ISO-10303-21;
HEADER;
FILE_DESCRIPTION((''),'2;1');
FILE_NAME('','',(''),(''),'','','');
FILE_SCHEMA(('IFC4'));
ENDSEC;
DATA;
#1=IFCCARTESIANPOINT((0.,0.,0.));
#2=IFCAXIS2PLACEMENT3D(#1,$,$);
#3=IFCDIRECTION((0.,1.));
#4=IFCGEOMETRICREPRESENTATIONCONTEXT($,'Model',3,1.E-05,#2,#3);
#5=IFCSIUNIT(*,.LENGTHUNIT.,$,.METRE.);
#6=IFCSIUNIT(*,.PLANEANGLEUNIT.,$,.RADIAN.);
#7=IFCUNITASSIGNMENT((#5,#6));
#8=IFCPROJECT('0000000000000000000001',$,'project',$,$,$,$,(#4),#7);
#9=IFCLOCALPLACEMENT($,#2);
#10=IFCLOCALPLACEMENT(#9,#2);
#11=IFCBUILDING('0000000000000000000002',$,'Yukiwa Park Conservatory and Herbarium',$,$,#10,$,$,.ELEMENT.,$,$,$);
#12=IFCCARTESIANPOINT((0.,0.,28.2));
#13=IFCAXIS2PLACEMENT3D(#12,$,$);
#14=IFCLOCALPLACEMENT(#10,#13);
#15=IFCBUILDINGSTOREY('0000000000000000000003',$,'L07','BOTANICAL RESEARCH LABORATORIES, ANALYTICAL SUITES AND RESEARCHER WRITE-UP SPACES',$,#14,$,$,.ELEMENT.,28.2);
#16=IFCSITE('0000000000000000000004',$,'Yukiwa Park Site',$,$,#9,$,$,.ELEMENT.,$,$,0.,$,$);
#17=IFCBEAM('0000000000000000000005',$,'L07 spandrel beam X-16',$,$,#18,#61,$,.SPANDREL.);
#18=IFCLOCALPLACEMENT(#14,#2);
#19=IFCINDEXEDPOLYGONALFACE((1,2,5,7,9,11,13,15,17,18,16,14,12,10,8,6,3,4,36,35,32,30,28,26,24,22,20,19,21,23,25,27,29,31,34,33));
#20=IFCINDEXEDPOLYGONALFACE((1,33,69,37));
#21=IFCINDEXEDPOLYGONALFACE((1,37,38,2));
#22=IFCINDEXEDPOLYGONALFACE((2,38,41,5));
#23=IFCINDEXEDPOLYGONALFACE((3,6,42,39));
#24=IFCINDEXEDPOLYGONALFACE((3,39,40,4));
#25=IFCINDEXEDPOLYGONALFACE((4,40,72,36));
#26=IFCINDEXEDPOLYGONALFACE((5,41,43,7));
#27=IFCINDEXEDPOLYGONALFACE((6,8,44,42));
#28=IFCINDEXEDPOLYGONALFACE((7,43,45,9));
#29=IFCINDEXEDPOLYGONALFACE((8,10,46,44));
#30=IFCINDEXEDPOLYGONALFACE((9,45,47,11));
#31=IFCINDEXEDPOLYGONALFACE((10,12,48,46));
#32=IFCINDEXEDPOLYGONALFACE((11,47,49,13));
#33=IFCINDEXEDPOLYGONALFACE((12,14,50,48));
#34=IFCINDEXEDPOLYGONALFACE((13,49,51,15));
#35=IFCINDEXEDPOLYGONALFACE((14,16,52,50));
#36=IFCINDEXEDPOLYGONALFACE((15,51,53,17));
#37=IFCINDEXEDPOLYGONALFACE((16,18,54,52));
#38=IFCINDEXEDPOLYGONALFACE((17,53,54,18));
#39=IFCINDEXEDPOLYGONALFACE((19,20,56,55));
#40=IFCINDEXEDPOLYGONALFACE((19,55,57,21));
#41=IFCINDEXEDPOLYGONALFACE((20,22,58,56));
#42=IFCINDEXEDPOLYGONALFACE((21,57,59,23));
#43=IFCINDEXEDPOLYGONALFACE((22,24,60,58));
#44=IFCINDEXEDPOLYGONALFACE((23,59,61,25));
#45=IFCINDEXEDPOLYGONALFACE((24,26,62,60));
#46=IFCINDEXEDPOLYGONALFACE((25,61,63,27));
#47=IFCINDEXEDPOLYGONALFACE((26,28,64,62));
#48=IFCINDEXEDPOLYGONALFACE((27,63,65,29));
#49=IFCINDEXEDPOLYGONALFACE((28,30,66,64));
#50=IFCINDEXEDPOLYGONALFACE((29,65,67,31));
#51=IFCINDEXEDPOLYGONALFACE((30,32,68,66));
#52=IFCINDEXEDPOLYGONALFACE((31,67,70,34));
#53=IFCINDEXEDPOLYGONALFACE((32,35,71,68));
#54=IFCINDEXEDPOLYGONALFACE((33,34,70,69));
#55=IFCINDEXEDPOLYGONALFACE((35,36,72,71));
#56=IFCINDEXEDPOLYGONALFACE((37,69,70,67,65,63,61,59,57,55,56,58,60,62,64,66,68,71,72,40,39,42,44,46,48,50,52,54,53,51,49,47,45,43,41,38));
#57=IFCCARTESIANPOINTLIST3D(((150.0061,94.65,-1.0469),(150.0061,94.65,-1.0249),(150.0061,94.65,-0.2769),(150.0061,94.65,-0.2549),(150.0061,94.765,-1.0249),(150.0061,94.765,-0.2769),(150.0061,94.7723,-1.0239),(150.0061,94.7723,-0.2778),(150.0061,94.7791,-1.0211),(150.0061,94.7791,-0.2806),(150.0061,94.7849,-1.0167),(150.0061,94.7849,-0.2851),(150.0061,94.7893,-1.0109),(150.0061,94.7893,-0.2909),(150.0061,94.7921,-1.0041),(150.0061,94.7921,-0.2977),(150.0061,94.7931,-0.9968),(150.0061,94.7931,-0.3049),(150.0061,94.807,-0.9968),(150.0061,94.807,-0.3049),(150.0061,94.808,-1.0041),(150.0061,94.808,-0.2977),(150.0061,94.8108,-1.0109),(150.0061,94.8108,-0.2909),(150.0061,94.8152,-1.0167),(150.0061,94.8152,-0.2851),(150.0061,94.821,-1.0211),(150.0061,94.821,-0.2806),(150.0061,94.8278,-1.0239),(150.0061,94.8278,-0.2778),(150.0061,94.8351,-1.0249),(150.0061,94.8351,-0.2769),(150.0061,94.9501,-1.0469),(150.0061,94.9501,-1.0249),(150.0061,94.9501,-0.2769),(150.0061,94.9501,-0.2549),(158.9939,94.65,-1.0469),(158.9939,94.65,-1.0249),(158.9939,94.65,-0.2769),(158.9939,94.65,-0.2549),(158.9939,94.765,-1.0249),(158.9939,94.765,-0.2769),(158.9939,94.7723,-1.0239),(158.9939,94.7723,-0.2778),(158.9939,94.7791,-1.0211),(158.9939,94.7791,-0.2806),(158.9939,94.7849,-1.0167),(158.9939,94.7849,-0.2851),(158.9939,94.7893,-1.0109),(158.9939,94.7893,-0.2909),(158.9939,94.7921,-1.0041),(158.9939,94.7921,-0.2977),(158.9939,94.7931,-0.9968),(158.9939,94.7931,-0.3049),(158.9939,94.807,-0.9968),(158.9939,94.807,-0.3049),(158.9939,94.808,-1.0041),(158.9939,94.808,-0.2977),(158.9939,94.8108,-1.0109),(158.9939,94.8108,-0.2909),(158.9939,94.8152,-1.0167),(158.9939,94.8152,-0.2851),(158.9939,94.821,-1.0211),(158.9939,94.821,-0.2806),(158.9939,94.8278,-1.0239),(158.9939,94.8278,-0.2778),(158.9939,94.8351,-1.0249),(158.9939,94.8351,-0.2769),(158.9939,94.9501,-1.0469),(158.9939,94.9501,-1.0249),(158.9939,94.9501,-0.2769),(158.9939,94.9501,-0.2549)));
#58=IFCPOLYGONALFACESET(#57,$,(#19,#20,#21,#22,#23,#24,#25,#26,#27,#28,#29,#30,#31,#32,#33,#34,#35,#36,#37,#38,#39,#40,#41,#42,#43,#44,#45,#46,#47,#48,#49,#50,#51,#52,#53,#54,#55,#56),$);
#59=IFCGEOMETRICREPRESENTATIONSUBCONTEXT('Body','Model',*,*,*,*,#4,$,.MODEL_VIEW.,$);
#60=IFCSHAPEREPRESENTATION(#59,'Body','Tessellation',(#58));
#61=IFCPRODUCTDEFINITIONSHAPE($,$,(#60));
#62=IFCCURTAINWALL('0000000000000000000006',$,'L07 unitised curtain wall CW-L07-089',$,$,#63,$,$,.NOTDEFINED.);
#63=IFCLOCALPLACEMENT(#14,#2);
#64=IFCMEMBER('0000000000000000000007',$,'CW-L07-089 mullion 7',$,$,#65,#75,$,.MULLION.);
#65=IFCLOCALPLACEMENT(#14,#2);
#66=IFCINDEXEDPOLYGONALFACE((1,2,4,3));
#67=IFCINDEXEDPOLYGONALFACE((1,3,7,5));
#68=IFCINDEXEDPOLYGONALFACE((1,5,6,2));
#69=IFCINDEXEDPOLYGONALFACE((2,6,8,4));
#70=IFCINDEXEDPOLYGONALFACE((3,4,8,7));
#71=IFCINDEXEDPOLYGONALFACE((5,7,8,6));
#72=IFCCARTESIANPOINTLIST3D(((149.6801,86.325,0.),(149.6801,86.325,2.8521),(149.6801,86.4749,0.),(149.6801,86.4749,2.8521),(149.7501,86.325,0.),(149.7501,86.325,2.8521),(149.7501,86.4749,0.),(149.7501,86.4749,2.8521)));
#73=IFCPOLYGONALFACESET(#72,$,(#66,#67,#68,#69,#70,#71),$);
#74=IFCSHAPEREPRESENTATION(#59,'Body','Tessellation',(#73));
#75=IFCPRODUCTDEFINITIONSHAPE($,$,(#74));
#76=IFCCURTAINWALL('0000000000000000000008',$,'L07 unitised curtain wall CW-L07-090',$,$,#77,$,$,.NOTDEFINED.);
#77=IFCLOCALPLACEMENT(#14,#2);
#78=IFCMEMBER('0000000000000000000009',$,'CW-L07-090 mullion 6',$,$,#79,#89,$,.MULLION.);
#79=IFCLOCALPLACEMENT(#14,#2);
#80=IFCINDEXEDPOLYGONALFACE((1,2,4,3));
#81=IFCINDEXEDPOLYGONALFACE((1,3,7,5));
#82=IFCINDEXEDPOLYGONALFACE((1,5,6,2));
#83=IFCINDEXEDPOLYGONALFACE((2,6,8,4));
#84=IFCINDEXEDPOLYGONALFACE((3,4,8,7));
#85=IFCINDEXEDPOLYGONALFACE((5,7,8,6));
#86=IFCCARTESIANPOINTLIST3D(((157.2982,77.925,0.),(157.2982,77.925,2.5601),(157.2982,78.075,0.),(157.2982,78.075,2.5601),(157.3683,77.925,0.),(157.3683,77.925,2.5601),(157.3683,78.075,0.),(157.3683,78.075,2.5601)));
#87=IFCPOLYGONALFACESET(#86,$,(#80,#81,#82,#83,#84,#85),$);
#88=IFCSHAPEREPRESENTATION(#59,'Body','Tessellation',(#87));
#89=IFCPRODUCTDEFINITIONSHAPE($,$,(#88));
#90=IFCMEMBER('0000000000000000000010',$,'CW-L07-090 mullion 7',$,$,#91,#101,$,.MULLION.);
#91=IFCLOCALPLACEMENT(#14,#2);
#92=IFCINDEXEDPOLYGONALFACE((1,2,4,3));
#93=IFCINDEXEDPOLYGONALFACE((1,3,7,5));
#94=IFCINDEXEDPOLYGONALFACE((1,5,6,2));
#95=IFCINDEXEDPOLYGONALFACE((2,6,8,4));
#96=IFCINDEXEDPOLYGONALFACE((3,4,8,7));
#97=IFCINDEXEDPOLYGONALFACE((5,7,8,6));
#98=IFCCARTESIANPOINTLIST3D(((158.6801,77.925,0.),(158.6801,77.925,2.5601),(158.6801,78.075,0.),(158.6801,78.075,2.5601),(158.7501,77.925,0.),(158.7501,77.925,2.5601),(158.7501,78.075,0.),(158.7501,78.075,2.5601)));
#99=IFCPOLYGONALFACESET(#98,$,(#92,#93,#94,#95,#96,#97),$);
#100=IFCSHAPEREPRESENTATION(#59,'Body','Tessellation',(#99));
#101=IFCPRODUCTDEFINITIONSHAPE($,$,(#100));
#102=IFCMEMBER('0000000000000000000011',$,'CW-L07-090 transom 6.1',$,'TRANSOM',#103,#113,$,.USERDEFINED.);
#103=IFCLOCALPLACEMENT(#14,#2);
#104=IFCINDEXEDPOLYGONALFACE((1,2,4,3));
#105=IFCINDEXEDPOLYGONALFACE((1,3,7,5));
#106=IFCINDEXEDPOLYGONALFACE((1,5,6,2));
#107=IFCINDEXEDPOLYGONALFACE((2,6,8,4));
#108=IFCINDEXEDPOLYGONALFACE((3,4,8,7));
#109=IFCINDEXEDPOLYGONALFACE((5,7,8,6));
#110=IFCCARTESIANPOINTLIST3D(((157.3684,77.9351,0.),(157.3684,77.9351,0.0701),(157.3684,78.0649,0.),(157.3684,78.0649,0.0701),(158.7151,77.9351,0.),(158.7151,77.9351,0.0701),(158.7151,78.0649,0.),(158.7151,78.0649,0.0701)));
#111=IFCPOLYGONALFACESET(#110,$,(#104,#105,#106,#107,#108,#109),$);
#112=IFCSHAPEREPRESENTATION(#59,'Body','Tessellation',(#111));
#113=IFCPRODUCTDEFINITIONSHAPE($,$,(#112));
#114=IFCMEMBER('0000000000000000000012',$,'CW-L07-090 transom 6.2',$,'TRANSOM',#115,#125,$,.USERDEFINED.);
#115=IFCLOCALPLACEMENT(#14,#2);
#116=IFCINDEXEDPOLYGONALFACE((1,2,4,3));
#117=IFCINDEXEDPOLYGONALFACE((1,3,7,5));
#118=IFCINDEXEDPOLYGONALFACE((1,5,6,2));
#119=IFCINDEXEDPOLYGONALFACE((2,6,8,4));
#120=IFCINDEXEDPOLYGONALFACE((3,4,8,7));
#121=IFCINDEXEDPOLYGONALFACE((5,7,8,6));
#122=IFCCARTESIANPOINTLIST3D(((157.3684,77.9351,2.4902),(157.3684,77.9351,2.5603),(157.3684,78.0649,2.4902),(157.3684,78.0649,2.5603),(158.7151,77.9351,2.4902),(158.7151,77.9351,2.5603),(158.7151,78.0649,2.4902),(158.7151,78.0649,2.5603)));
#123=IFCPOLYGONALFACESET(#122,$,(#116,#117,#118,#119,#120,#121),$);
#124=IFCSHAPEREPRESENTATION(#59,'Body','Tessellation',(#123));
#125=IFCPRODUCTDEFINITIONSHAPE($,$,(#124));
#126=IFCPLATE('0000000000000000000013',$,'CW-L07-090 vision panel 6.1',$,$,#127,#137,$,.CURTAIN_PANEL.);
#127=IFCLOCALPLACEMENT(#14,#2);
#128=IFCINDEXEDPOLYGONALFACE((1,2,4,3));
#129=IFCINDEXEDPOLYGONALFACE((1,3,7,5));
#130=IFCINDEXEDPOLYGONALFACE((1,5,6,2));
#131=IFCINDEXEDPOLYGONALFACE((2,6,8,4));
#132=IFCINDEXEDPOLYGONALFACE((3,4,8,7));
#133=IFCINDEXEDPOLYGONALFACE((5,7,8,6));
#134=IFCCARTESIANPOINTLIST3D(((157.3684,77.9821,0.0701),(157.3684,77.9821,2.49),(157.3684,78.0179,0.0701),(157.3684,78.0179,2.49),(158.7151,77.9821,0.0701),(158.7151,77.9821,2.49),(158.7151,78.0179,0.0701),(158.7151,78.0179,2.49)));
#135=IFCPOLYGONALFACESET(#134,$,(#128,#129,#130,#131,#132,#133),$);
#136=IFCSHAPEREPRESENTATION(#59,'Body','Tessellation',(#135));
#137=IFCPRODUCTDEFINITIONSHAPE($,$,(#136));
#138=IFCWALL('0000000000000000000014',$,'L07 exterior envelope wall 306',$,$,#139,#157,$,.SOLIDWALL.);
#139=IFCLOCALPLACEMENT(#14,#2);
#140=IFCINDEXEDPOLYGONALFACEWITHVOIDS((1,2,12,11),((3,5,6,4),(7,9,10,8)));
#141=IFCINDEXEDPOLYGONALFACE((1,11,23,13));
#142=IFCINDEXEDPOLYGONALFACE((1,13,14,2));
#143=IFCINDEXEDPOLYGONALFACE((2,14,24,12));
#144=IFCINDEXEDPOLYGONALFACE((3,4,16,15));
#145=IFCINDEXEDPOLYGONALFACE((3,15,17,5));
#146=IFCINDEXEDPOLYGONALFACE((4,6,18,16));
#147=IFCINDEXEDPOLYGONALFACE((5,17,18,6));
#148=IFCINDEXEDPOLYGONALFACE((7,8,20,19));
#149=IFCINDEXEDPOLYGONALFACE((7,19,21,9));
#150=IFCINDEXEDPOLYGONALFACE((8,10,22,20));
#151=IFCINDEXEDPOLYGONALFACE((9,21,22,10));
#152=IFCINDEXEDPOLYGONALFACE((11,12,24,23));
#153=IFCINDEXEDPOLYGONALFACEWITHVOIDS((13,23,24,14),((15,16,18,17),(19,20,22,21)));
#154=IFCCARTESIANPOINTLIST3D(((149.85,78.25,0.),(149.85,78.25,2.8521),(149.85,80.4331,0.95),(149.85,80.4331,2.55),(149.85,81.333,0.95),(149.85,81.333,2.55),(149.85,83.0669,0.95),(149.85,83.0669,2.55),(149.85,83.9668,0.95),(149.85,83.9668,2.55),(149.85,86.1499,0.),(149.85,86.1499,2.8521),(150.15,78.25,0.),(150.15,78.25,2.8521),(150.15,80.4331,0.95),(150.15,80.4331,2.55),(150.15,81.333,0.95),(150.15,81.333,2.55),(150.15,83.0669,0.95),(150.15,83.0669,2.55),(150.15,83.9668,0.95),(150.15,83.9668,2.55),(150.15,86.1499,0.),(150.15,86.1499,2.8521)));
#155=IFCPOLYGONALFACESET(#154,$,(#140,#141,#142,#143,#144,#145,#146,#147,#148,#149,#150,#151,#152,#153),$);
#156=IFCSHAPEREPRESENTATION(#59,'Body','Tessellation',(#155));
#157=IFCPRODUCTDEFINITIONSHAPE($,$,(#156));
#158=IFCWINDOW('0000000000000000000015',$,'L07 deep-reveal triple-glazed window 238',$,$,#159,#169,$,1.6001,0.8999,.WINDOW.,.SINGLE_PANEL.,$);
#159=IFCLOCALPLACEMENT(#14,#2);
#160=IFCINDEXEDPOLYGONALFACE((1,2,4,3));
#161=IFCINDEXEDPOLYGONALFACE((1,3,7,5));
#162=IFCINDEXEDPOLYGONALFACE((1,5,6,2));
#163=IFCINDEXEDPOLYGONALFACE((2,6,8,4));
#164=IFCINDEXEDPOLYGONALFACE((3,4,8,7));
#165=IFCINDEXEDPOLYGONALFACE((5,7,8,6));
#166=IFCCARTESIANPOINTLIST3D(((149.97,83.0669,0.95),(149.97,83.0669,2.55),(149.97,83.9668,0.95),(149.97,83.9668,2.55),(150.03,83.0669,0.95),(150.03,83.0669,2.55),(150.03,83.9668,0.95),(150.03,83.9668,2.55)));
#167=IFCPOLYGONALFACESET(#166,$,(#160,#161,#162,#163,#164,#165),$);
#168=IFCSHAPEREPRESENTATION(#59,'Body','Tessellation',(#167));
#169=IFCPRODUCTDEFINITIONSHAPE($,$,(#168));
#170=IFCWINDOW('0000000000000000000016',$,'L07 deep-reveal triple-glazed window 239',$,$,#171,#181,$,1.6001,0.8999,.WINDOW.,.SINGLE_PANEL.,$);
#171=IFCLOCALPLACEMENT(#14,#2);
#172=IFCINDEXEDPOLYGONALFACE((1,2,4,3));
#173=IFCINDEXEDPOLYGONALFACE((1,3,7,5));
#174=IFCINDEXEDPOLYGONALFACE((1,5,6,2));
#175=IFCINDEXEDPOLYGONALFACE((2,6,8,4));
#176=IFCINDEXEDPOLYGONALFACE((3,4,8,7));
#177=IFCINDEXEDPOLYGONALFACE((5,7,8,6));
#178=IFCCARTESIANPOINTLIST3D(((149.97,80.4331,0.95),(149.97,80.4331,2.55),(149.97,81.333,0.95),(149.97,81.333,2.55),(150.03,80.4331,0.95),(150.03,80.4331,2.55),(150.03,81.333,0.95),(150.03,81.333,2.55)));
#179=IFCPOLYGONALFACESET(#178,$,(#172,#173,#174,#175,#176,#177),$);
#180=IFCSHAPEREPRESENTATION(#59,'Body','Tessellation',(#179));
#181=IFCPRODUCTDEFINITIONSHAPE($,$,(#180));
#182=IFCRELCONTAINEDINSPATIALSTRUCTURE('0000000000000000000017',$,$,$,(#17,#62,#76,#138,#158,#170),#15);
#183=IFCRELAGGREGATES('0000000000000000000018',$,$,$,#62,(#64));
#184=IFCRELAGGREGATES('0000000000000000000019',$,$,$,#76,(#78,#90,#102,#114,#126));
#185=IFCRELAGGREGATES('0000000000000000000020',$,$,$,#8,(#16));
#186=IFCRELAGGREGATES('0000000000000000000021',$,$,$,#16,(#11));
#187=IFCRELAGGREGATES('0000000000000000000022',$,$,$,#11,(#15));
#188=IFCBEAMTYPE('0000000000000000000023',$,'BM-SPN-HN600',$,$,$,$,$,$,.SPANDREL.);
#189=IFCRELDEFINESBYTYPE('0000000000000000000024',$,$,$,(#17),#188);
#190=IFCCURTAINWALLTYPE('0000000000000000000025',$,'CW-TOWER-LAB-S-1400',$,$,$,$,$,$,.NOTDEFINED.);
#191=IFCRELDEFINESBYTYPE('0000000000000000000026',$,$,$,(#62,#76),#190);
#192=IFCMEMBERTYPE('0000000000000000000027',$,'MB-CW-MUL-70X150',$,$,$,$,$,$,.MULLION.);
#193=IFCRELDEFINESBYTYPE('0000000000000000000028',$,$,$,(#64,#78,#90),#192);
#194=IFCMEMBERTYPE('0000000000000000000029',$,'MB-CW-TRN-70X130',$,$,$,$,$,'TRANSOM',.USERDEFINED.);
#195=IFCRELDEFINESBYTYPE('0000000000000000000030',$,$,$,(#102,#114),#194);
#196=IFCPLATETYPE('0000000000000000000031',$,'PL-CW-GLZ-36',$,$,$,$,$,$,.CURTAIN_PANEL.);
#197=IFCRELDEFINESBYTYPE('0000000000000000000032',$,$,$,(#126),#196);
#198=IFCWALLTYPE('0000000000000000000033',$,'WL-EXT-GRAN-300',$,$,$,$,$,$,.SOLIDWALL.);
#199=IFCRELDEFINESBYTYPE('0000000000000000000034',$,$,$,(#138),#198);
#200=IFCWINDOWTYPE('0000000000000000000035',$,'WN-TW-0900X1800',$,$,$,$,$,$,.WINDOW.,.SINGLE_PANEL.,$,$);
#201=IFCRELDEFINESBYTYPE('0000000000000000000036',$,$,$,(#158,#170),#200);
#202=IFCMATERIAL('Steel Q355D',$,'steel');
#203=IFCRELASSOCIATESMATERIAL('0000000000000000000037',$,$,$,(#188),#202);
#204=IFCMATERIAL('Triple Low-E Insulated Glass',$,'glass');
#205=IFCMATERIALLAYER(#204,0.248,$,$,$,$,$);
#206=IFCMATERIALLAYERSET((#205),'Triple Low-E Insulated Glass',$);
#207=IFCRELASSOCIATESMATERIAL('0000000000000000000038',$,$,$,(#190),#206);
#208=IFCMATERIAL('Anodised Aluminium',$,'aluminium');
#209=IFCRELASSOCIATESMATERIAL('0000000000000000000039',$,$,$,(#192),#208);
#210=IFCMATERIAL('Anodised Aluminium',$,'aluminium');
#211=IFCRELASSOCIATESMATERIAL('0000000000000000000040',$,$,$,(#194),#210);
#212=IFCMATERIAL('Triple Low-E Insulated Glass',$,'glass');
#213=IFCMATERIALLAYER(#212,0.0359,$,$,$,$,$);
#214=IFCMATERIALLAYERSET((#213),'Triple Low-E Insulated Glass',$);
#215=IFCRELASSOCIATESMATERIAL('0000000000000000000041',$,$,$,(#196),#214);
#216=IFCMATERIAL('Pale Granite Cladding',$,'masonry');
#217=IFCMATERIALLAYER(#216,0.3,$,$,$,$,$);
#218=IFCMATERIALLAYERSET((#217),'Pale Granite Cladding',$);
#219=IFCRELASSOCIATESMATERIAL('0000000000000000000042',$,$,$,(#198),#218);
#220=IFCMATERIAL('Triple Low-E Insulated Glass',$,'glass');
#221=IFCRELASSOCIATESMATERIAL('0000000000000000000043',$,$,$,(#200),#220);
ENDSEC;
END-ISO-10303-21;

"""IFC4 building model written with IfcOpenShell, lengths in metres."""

from ifc_helpers import new_model, si_unit, direction, frame, frame_2d, origin, origin_2d, place, context, subcontext, project, spatial, rectangle, i_section, extrude, material, layer, layer_set, material_profile, profile_set, type_object, element, fill, aggregate, save


model = new_model("IFC4")

# Units and contexts
model_context = context("Model", 3, precision=1e-05, world=origin(), true_north=direction((0.0, 1.0)))
body_context = subcontext(model_context, "Body", "Model", "MODEL_VIEW")
ifc_project = project(units=[si_unit("LENGTHUNIT", "METRE"), si_unit("PLANEANGLEUNIT", "RADIAN")], contexts=[model_context])

# Site, building, storey
site_placement = place(None, origin())
site = spatial("IfcSite", under=ifc_project, at=site_placement, Name="Yukiwa Park Site", CompositionType="ELEMENT", RefElevation=0.0)
building_placement = place(site_placement, origin())
building = spatial("IfcBuilding", under=site, at=building_placement, Name="Yukiwa Park Conservatory and Herbarium", CompositionType="ELEMENT")
storey_placement = place(building_placement, frame((0.0, 0.0, 28.2)))
storey = spatial("IfcBuildingStorey", under=building, at=storey_placement, Name="L07", Description="BOTANICAL RESEARCH LABORATORIES, ANALYTICAL SUITES AND RESEARCHER WRITE-UP SPACES", CompositionType="ELEMENT", Elevation=28.2)

# Beam
ifc_material_1 = material(Name="Steel Q355D", Category="steel")
ifc_material_profile_1 = material_profile(ifc_material_1, i_section(OverallWidth=0.3, OverallDepth=0.792, WebThickness=0.0139, FlangeThickness=0.022, FilletRadius=0.0281, at=origin_2d()), Name="HN 792x300x14x22")
ifc_profile_set_1 = profile_set([ifc_material_profile_1], Name="Steel Q355D")
beam_type_1 = type_object("IfcBeamType", Name="BM-SPN-HN600", PredefinedType="SPANDREL", material=ifc_profile_set_1)
beam_1_placement = place(storey_placement, frame((150.0061, 94.8, -0.6509), z_axis=(1.0, 0.0, 0.0), x_axis=(0.0, 1.0, 0.0)))
element("IfcBeam", 1, at=beam_1_placement, inside=storey, type_object=beam_type_1, Name="L07 spandrel beam X-16", PredefinedType="SPANDREL", context=body_context, shape_type="SweptSolid", body=[
    extrude(i_section(OverallWidth=0.3, OverallDepth=0.792, WebThickness=0.0139, FlangeThickness=0.022, FilletRadius=0.0281, at=origin_2d()), origin(), (0.0, 0.0, 1.0), 8.9878),
])

# Curtain wall, member
ifc_material_2 = material(Name="Triple Low-E Insulated Glass", Category="glass")
ifc_layer_1 = layer(ifc_material_2, 0.248)
ifc_layer_set_1 = layer_set([ifc_layer_1], Name="Triple Low-E Insulated Glass")
curtain_wall_type = type_object("IfcCurtainWallType", Name="CW-TOWER-LAB-S-1400", PredefinedType="NOTDEFINED", material=ifc_layer_set_1)
curtain_wall_1_placement = place(storey_placement, origin())
curtain_wall_1 = element("IfcCurtainWall", 2, at=curtain_wall_1_placement, inside=storey, type_object=curtain_wall_type, Name="L07 unitised curtain wall CW-L07-089", PredefinedType="NOTDEFINED")
ifc_material_3 = material(Name="Anodised Aluminium", Category="aluminium")
member_type_1 = type_object("IfcMemberType", Name="MB-CW-MUL-70X150", PredefinedType="MULLION", material=ifc_material_3)
member_1_placement = place(storey_placement, frame((149.7151, 86.3999, 0.0), z_axis=(0.0, 0.0, 1.0), x_axis=(1.0, 0.0, 0.0)))
member_1 = element("IfcMember", 3, at=member_1_placement, type_object=member_type_1, Name="CW-L07-089 mullion 7", PredefinedType="MULLION", context=body_context, shape_type="SweptSolid", body=[
    extrude(rectangle(XDim=0.0701, YDim=0.1499, at=origin_2d()), origin(), (0.0, 0.0, 1.0), 2.8521),
])
aggregate(curtain_wall_1, [member_1])

# Curtain wall, members, plate
curtain_wall_2_placement = place(storey_placement, origin())
curtain_wall_2 = element("IfcCurtainWall", 4, at=curtain_wall_2_placement, inside=storey, type_object=curtain_wall_type, Name="L07 unitised curtain wall CW-L07-090", PredefinedType="NOTDEFINED")
member_2_placement = place(storey_placement, frame((157.3333, 78.0, 0.0), z_axis=(0.0, 0.0, 1.0), x_axis=(1.0, 0.0, 0.0)))
member_2 = element("IfcMember", 5, at=member_2_placement, type_object=member_type_1, Name="CW-L07-090 mullion 6", PredefinedType="MULLION", context=body_context, shape_type="SweptSolid", body=[
    extrude(rectangle(XDim=0.0701, YDim=0.1499, at=origin_2d()), origin(), (0.0, 0.0, 1.0), 2.5601),
])
member_3_placement = place(storey_placement, frame((158.7151, 78.0, 0.0), z_axis=(0.0, 0.0, 1.0), x_axis=(1.0, 0.0, 0.0)))
member_3 = element("IfcMember", 6, at=member_3_placement, type_object=member_type_1, Name="CW-L07-090 mullion 7", PredefinedType="MULLION", context=body_context, shape_type="SweptSolid", body=[
    extrude(rectangle(XDim=0.0701, YDim=0.1499, at=origin_2d()), origin(), (0.0, 0.0, 1.0), 2.5601),
])
ifc_material_4 = material(Name="Anodised Aluminium", Category="aluminium")
member_type_2 = type_object("IfcMemberType", Name="MB-CW-TRN-70X130", ElementType="TRANSOM", PredefinedType="USERDEFINED", material=ifc_material_4)
member_4_placement = place(storey_placement, frame((158.0417, 78.0, 0.0), z_axis=(0.0, 0.0, 1.0), x_axis=(1.0, 0.0, 0.0)))
member_4 = element("IfcMember", 7, at=member_4_placement, type_object=member_type_2, Name="CW-L07-090 transom 6.1", ObjectType="TRANSOM", PredefinedType="USERDEFINED", context=body_context, shape_type="SweptSolid", body=[
    extrude(rectangle(XDim=1.3467, YDim=0.1299, at=origin_2d()), origin(), (0.0, 0.0, 1.0), 0.0701),
])
member_5_placement = place(storey_placement, frame((158.0417, 78.0, 2.4902), z_axis=(0.0, 0.0, 1.0), x_axis=(1.0, 0.0, 0.0)))
member_5 = element("IfcMember", 8, at=member_5_placement, type_object=member_type_2, Name="CW-L07-090 transom 6.2", ObjectType="TRANSOM", PredefinedType="USERDEFINED", context=body_context, shape_type="SweptSolid", body=[
    extrude(rectangle(XDim=1.3467, YDim=0.1299, at=origin_2d()), origin(), (0.0, 0.0, 1.0), 0.0701),
])
ifc_material_5 = material(Name="Triple Low-E Insulated Glass", Category="glass")
ifc_layer_2 = layer(ifc_material_5, 0.0359)
ifc_layer_set_2 = layer_set([ifc_layer_2], Name="Triple Low-E Insulated Glass")
plate_type = type_object("IfcPlateType", Name="PL-CW-GLZ-36", PredefinedType="CURTAIN_PANEL", material=ifc_layer_set_2)
plate_placement = place(storey_placement, frame((158.0417, 78.0, 0.0701), z_axis=(0.0, 0.0, 1.0), x_axis=(1.0, 0.0, 0.0)))
plate = element("IfcPlate", 9, at=plate_placement, type_object=plate_type, Name="CW-L07-090 vision panel 6.1", PredefinedType="CURTAIN_PANEL", context=body_context, shape_type="SweptSolid", body=[
    extrude(rectangle(XDim=1.3467, YDim=0.0359, at=origin_2d()), origin(), (0.0, 0.0, 1.0), 2.4199),
])
aggregate(curtain_wall_2, [member_2, member_3, member_4, member_5, plate])

# Wall, openings, windows
ifc_material_6 = material(Name="Pale Granite Cladding", Category="masonry")
ifc_layer_3 = layer(ifc_material_6, 0.3)
ifc_layer_set_3 = layer_set([ifc_layer_3], Name="Pale Granite Cladding")
wall_type_1 = type_object("IfcWallType", Name="WL-EXT-GRAN-300", PredefinedType="SOLIDWALL", material=ifc_layer_set_3)
wall_1_placement = place(storey_placement, frame((150.0, 86.1499, 0.0), z_axis=(0.0, 0.0, 1.0), x_axis=(0.0, -1.0, 0.0)))
wall_1 = element("IfcWall", 10, at=wall_1_placement, inside=storey, type_object=wall_type_1, Name="L07 exterior envelope wall 306", PredefinedType="SOLIDWALL", context=body_context, shape_type="SweptSolid", body=[
    extrude(rectangle(XDim=7.8999, YDim=0.3, at=frame_2d((3.95, 0.0))), origin(), (0.0, 0.0, 1.0), 2.8521),
])
opening_1_placement = place(wall_1_placement, frame((2.1831, 0.0, 0.95)))
opening_1 = element("IfcOpeningElement", 11, at=opening_1_placement, cuts=wall_1, PredefinedType="OPENING", context=body_context, shape_type="SweptSolid", body=[
    extrude(rectangle(XDim=0.8999, YDim=1.6001, at=frame_2d((0.45, 0.8))), frame((0.0, 0.1602, 0.0), z_axis=(0.0, -1.0, 0.0), x_axis=(1.0, 0.0, 0.0)), (0.0, 0.0, 1.0), 0.3201),
])
opening_2_placement = place(wall_1_placement, frame((4.8169, 0.0, 0.95)))
opening_2 = element("IfcOpeningElement", 12, at=opening_2_placement, cuts=wall_1, PredefinedType="OPENING", context=body_context, shape_type="SweptSolid", body=[
    extrude(rectangle(XDim=0.8999, YDim=1.6001, at=frame_2d((0.45, 0.8))), frame((0.0, 0.1602, 0.0), z_axis=(0.0, -1.0, 0.0), x_axis=(1.0, 0.0, 0.0)), (0.0, 0.0, 1.0), 0.3201),
])
ifc_material_7 = material(Name="Triple Low-E Insulated Glass", Category="glass")
window_type = type_object("IfcWindowType", Name="WN-TW-0900X1800", PartitioningType="SINGLE_PANEL", PredefinedType="WINDOW", material=ifc_material_7)
window_1_placement = place(opening_1_placement, origin())
window_1 = element("IfcWindow", 13, at=window_1_placement, inside=storey, type_object=window_type, Name="L07 deep-reveal triple-glazed window 238", OverallHeight=1.6001, OverallWidth=0.8999, PartitioningType="SINGLE_PANEL", PredefinedType="WINDOW", context=body_context, shape_type="SweptSolid", body=[
    extrude(rectangle(XDim=0.8999, YDim=1.6001, at=frame_2d((0.45, 0.8))), frame((0.0, 0.03, 0.0), z_axis=(0.0, -1.0, 0.0), x_axis=(1.0, 0.0, 0.0)), (0.0, 0.0, 1.0), 0.0601),
])
fill(opening_1, window_1)
window_2_placement = place(opening_2_placement, origin())
window_2 = element("IfcWindow", 14, at=window_2_placement, inside=storey, type_object=window_type, Name="L07 deep-reveal triple-glazed window 239", OverallHeight=1.6001, OverallWidth=0.8999, PartitioningType="SINGLE_PANEL", PredefinedType="WINDOW", context=body_context, shape_type="SweptSolid", body=[
    extrude(rectangle(XDim=0.8999, YDim=1.6001, at=frame_2d((0.45, 0.8))), frame((0.0, 0.03, 0.0), z_axis=(0.0, -1.0, 0.0), x_axis=(1.0, 0.0, 0.0)), (0.0, 0.0, 1.0), 0.0601),
])
fill(opening_2, window_2)

save(model, "model.ifc")
